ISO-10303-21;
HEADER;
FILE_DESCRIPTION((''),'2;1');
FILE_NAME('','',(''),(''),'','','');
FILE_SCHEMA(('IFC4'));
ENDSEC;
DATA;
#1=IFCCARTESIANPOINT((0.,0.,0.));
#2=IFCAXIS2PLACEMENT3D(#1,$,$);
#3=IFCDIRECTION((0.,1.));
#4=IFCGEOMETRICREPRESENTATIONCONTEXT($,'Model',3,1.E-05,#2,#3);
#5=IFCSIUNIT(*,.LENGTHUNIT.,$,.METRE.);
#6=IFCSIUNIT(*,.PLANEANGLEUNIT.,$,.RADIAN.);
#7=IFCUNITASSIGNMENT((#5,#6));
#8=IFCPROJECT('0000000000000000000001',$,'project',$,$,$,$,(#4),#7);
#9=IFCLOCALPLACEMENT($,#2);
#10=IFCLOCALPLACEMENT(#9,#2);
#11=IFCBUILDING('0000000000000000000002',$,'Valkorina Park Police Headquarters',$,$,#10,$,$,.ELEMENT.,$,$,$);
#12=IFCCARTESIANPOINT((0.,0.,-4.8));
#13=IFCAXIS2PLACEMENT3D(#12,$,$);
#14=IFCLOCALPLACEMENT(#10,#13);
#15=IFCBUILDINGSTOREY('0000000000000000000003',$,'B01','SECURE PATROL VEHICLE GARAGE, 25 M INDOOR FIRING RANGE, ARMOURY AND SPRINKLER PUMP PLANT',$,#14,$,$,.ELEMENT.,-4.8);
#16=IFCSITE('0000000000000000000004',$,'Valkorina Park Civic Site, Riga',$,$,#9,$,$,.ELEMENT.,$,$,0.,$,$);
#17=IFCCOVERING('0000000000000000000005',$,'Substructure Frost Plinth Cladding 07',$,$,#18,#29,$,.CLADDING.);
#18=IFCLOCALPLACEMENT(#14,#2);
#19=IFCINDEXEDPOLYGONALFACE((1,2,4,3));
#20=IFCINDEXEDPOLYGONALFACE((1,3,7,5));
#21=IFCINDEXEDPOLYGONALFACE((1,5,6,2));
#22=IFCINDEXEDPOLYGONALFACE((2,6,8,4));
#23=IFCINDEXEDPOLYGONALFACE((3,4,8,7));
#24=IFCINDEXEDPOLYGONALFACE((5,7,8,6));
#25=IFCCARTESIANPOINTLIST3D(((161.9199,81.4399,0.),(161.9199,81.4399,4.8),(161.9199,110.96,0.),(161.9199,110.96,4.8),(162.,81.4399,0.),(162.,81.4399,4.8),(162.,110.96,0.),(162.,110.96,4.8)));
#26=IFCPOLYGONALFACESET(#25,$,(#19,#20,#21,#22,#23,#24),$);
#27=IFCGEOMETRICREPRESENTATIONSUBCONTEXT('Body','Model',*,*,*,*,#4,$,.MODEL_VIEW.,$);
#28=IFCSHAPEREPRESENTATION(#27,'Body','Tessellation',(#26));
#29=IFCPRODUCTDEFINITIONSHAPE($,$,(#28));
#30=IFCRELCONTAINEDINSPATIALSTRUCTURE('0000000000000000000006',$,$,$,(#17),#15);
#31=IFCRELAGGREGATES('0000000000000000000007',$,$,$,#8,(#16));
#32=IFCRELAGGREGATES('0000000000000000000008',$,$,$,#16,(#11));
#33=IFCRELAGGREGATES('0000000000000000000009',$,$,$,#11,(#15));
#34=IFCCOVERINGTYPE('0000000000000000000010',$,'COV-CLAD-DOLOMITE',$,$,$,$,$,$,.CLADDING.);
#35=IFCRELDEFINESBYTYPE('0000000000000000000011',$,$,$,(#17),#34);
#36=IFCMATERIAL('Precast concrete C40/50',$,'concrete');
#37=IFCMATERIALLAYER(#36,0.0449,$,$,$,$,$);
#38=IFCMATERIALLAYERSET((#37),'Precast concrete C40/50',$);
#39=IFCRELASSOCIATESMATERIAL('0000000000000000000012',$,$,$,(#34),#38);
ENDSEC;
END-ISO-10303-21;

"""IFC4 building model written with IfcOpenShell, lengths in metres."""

from ifc_helpers import new_model, si_unit, direction, frame, frame_2d, origin, place, context, subcontext, project, spatial, rectangle, extrude, material, layer, layer_set, type_object, element, save


model = new_model("IFC4")

# Units and contexts
model_context = context("Model", 3, precision=1e-05, world=origin(), true_north=direction((0.0, 1.0)))
body_context = subcontext(model_context, "Body", "Model", "MODEL_VIEW")
ifc_project = project(units=[si_unit("LENGTHUNIT", "METRE"), si_unit("PLANEANGLEUNIT", "RADIAN")], contexts=[model_context])

# Site, building, storey
site_placement = place(None, origin())
site = spatial("IfcSite", under=ifc_project, at=site_placement, Name="Valkorina Park Civic Site, Riga", CompositionType="ELEMENT", RefElevation=0.0)
building_placement = place(site_placement, origin())
building = spatial("IfcBuilding", under=site, at=building_placement, Name="Valkorina Park Police Headquarters", CompositionType="ELEMENT")
storey_placement = place(building_placement, frame((0.0, 0.0, -4.8)))
storey = spatial("IfcBuildingStorey", under=building, at=storey_placement, Name="B01", Description="SECURE PATROL VEHICLE GARAGE, 25 M INDOOR FIRING RANGE, ARMOURY AND SPRINKLER PUMP PLANT", CompositionType="ELEMENT", Elevation=-4.8)

# Covering
ifc_material_1 = material(Name="Precast concrete C40/50", Category="concrete")
ifc_layer = layer(ifc_material_1, 0.0449)
ifc_layer_set = layer_set([ifc_layer], Name="Precast concrete C40/50")
covering_type = type_object("IfcCoveringType", Name="COV-CLAD-DOLOMITE", PredefinedType="CLADDING", material=ifc_layer_set)
covering_1_placement = place(storey_placement, frame((161.96, 110.96, 0.0), z_axis=(0.0, 0.0, 1.0), x_axis=(0.0, -1.0, 0.0)))
element("IfcCovering", 1, at=covering_1_placement, inside=storey, type_object=covering_type, Name="Substructure Frost Plinth Cladding 07", PredefinedType="CLADDING", context=body_context, shape_type="SweptSolid", body=[
    extrude(rectangle(XDim=29.52, YDim=0.0801, at=frame_2d((14.76, 0.0))), origin(), (0.0, 0.0, 1.0), 4.8),
])

save(model, "model.ifc")
